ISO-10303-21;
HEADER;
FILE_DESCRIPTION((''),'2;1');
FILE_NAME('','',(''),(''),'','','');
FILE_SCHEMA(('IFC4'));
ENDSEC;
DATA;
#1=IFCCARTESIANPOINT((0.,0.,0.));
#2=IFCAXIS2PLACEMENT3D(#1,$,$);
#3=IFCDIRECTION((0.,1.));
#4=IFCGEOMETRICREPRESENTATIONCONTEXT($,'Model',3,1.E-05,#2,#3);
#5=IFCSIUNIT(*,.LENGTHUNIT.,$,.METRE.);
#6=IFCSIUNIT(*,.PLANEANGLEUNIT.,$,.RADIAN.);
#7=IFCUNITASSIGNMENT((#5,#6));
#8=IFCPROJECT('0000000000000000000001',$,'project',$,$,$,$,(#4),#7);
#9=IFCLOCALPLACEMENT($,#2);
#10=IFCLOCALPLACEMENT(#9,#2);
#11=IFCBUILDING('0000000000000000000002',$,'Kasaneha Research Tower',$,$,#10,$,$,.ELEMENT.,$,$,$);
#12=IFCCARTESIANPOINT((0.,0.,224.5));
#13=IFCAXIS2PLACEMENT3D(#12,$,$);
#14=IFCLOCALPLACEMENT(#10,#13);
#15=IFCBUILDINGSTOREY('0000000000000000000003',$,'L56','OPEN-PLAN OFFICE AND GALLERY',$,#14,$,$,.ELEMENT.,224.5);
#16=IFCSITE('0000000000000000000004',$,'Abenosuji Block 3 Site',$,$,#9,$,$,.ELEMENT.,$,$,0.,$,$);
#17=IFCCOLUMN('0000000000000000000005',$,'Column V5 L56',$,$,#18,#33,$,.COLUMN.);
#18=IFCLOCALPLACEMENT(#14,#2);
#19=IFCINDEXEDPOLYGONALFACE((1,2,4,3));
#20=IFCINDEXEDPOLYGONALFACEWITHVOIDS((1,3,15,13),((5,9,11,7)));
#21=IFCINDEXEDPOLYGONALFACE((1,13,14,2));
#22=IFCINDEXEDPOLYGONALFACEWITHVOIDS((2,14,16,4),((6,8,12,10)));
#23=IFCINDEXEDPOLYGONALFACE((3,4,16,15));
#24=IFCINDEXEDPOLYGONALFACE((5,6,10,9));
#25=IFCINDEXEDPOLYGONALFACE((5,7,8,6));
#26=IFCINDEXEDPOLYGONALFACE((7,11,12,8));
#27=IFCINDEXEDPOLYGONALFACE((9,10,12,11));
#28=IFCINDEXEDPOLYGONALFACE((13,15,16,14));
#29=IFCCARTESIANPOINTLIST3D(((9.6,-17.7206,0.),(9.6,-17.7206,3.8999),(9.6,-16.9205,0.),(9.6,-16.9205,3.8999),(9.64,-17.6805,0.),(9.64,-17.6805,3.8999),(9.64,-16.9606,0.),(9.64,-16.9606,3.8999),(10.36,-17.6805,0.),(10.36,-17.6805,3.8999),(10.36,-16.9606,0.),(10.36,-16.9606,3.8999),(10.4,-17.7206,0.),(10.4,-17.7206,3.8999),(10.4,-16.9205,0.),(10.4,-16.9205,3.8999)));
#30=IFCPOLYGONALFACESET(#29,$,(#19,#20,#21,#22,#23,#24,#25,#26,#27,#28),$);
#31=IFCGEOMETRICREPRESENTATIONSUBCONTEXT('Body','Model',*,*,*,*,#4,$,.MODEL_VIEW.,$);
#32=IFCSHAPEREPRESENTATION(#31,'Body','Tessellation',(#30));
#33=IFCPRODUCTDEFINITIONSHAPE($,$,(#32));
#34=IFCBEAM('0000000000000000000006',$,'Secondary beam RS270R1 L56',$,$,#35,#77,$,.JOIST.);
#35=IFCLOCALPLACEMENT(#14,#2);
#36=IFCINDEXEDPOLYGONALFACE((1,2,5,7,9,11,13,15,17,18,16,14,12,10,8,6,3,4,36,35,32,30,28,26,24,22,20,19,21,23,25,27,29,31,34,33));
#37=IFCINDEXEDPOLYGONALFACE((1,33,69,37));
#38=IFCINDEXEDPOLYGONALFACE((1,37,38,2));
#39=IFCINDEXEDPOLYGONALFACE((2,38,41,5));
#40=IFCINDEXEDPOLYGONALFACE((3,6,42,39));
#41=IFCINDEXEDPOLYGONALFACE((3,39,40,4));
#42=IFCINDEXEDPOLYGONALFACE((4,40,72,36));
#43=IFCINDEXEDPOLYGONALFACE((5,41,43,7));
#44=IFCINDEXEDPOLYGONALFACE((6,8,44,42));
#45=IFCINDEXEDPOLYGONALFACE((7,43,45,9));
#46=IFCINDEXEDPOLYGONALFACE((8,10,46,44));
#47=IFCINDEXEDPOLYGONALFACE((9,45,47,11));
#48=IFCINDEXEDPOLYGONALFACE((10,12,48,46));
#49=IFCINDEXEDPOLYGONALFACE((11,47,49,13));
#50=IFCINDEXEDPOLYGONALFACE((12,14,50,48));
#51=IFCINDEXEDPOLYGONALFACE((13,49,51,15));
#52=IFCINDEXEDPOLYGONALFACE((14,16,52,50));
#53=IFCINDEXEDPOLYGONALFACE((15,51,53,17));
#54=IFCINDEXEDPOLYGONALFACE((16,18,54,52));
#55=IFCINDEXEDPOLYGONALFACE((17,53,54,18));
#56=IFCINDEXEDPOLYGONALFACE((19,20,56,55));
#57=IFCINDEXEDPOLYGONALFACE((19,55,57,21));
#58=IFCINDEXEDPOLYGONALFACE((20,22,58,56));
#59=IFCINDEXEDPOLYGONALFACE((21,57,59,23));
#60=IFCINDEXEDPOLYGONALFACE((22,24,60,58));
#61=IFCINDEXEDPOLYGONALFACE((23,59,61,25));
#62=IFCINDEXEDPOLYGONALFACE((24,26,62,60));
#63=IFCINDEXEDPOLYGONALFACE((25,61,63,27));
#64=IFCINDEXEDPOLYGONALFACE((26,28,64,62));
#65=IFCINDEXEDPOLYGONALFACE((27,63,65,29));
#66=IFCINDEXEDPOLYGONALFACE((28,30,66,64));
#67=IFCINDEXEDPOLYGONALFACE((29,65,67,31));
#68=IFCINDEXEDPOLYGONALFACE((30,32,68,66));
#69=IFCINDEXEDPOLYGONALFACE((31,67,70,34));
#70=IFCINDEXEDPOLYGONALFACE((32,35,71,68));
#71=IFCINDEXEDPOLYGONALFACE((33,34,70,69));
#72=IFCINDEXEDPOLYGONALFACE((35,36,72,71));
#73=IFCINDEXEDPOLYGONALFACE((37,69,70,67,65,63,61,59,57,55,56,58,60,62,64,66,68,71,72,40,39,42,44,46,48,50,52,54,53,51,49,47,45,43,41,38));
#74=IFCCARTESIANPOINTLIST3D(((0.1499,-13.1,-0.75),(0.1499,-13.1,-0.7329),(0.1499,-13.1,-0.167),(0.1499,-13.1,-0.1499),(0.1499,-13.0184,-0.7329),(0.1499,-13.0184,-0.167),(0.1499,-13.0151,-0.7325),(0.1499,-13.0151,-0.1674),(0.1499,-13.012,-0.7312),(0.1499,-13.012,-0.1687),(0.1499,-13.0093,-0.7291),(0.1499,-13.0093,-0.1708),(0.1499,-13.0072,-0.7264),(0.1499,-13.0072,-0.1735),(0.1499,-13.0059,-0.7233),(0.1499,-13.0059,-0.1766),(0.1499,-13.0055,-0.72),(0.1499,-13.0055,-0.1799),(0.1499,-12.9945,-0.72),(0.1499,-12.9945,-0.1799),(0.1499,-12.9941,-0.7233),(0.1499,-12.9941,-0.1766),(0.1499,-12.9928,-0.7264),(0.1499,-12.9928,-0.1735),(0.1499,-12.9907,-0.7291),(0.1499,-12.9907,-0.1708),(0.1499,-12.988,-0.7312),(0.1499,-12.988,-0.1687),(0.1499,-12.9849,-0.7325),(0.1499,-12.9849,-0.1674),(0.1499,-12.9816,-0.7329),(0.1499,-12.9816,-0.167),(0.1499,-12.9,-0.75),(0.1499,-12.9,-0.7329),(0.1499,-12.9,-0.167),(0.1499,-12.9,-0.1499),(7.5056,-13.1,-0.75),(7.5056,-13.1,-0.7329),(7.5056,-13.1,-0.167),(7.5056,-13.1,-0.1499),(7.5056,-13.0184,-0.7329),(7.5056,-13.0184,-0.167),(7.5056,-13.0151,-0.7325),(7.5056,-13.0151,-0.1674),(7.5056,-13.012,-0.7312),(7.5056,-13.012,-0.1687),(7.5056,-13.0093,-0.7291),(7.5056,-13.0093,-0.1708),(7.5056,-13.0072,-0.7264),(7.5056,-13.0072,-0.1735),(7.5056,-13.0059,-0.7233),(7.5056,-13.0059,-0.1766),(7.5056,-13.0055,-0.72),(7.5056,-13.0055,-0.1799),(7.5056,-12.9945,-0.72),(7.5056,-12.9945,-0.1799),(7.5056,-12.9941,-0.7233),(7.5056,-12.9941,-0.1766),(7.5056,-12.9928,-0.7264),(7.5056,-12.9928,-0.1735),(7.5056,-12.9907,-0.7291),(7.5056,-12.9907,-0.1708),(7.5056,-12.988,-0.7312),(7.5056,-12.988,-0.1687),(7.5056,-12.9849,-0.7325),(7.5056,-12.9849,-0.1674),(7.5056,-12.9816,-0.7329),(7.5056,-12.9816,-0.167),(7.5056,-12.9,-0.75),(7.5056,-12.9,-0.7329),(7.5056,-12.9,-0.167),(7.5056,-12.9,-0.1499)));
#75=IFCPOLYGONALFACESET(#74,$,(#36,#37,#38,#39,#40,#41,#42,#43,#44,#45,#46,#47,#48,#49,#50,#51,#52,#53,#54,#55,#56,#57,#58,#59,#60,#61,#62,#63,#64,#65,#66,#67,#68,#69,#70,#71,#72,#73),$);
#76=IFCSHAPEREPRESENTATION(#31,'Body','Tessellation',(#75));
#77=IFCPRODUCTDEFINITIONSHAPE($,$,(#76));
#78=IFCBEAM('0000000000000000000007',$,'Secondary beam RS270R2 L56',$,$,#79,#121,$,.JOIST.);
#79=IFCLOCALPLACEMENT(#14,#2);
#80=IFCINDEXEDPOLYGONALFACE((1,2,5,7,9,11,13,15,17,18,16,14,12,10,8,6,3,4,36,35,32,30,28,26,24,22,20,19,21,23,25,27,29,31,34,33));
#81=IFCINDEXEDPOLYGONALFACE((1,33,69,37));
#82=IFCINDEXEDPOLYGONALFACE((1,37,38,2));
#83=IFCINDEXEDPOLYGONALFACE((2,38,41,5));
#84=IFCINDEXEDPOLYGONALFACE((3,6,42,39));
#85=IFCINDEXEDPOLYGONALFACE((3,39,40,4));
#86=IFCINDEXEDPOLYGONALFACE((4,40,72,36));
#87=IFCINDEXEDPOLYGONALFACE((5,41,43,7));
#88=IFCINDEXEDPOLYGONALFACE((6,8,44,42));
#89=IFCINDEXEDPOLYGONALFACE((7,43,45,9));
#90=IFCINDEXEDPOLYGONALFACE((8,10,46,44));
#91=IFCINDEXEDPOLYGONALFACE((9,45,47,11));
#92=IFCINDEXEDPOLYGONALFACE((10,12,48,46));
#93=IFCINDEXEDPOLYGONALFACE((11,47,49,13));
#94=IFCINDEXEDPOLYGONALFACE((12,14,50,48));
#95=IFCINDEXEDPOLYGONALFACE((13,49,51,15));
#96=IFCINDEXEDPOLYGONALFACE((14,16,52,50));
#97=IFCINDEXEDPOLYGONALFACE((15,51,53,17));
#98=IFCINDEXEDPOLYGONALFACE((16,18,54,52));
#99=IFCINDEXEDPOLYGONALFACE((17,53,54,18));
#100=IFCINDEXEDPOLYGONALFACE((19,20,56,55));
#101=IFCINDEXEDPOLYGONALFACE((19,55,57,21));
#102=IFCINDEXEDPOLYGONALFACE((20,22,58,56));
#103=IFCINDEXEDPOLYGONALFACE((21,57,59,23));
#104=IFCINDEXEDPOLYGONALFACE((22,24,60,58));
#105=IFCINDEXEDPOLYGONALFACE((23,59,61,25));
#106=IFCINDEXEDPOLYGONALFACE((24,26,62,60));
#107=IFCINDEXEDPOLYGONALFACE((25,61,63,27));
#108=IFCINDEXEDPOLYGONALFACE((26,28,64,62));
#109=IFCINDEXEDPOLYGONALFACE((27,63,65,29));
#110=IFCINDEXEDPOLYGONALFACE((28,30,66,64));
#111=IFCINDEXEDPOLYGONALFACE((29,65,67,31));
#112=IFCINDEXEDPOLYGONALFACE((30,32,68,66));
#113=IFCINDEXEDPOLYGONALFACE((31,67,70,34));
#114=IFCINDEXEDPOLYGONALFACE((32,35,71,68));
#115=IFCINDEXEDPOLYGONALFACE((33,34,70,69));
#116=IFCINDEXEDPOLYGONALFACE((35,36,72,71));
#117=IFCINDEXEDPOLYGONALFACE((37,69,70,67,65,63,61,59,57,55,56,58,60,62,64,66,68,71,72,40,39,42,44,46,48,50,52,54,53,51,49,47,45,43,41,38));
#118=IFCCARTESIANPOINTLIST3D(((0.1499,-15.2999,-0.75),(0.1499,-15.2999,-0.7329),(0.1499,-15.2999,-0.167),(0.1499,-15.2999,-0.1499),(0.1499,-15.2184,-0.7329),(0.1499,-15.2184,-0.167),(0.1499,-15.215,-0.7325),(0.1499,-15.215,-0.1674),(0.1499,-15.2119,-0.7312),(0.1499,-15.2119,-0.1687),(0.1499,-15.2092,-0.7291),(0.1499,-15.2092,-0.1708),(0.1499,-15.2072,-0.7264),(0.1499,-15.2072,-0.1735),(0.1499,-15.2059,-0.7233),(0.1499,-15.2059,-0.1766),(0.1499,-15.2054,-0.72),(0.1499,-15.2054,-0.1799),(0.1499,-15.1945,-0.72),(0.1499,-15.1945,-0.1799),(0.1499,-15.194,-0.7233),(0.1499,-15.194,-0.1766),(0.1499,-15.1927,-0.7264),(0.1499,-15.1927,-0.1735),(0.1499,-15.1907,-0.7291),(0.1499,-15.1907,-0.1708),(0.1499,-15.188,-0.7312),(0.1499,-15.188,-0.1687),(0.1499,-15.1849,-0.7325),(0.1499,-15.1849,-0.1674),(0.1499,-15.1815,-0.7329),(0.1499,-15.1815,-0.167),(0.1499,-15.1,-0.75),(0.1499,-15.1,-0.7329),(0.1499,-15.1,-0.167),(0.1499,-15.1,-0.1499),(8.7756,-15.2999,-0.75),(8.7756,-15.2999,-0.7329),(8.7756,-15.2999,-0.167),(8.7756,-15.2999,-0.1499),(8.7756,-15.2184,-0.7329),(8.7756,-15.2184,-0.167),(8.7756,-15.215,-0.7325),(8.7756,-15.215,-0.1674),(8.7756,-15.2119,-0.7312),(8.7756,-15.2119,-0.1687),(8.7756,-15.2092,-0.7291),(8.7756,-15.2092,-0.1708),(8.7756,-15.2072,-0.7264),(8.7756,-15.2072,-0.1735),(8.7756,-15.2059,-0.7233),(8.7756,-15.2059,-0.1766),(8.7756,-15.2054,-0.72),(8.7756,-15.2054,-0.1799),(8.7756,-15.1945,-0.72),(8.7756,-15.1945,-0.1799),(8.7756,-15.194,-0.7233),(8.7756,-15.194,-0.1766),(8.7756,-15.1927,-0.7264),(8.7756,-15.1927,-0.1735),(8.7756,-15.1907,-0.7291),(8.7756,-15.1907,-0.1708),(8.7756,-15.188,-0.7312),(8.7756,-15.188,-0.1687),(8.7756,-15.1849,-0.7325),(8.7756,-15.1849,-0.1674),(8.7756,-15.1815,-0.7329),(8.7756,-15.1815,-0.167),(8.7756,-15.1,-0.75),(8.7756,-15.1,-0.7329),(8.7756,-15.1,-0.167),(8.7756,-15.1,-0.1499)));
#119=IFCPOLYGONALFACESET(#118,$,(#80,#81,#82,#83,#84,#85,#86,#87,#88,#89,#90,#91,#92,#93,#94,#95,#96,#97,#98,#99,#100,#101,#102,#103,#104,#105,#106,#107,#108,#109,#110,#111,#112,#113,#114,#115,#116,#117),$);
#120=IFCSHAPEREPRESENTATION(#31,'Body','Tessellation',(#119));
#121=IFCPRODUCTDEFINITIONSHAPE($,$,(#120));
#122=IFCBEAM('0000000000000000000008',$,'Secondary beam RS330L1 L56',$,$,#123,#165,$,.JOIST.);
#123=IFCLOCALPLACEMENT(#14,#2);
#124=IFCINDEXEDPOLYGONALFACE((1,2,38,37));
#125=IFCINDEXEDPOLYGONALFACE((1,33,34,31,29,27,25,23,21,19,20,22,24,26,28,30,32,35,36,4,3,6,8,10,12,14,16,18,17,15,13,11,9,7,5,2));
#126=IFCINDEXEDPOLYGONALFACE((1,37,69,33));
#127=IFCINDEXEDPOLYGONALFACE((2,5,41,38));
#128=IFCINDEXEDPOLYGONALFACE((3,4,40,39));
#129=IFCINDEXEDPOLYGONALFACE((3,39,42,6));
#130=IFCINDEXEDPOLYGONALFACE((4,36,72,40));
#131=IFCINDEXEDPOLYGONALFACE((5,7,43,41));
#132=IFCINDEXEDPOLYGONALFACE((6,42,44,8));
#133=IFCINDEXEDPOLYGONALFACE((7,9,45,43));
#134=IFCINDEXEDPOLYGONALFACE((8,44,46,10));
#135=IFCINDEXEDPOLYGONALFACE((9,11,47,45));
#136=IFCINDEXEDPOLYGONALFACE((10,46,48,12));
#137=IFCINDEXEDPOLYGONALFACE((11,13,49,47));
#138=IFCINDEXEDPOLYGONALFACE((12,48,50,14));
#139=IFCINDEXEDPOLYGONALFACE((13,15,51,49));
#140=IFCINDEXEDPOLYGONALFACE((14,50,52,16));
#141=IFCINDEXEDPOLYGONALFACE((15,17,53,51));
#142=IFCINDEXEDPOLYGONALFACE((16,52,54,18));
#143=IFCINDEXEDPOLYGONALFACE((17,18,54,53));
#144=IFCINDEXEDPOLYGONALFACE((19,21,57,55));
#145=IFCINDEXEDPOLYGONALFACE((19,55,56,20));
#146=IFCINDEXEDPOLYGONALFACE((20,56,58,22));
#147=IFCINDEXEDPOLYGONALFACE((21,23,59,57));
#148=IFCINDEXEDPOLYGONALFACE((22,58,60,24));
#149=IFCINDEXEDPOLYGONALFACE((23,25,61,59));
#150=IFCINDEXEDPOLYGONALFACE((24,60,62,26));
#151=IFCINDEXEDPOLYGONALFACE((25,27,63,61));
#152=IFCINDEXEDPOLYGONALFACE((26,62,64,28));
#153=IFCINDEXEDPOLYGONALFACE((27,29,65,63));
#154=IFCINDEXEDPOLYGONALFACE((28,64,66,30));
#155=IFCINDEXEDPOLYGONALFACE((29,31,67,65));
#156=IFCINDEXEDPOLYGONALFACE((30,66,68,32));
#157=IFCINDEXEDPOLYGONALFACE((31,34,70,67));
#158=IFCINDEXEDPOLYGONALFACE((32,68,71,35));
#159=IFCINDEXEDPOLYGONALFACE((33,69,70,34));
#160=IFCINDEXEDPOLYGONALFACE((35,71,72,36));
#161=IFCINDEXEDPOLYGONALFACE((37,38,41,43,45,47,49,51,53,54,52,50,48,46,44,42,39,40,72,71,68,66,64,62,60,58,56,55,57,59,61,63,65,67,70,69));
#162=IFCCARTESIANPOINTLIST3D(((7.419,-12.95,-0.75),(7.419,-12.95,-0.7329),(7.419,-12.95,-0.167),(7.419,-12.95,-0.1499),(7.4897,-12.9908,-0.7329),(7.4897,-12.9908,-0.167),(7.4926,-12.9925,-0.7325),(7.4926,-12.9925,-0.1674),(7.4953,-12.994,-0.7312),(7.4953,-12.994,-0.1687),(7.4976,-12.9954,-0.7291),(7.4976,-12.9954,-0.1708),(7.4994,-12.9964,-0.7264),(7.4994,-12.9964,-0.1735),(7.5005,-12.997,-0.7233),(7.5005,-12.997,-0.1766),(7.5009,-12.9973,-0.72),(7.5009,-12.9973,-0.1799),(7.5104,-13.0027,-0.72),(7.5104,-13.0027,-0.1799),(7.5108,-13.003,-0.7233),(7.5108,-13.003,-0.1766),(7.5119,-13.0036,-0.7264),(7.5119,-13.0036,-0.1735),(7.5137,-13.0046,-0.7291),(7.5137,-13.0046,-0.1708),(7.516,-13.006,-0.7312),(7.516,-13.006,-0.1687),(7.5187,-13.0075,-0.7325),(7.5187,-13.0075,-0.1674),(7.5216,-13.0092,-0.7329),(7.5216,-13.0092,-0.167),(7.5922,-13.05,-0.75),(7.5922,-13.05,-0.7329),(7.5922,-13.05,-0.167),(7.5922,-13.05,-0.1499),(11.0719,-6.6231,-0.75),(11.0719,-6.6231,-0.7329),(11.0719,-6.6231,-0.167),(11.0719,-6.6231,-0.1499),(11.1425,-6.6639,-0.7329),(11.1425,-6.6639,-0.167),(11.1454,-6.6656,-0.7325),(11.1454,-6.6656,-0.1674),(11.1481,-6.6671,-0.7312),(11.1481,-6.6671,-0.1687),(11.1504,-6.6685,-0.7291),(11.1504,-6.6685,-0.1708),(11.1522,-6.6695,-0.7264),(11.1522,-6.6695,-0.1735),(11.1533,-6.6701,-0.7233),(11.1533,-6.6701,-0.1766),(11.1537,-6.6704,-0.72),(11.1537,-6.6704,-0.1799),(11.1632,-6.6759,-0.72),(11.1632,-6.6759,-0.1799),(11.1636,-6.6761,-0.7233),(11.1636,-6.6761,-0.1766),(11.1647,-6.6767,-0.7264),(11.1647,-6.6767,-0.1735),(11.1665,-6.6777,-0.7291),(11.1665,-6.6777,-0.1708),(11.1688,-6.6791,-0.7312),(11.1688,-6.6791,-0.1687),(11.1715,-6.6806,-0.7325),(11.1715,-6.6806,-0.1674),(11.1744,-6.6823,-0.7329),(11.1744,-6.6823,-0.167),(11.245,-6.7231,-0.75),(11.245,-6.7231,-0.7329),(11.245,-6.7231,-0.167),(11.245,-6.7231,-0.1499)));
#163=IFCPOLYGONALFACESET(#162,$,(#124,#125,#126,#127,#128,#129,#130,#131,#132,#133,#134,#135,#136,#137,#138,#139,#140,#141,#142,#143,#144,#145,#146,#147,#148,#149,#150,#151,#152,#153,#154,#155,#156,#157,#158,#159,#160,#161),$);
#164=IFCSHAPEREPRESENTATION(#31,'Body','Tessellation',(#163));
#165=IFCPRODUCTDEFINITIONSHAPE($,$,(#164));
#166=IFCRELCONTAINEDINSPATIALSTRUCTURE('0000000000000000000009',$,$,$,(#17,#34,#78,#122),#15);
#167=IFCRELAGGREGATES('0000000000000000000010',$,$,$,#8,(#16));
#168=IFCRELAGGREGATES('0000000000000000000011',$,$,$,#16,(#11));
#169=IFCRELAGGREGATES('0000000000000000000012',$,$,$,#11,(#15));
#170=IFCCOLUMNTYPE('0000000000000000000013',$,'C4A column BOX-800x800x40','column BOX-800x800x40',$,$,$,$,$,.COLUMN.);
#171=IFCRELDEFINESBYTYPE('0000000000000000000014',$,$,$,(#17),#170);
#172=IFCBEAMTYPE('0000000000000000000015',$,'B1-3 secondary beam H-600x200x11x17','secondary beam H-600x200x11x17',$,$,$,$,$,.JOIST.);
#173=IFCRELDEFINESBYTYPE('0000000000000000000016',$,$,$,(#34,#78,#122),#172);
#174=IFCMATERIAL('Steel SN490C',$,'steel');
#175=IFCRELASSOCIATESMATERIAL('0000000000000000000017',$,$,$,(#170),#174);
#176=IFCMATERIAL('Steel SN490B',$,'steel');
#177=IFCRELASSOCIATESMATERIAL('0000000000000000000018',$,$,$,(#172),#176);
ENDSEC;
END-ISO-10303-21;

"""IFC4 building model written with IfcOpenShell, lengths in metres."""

from ifc_helpers import new_model, si_unit, direction, frame, origin, origin_2d, place, context, subcontext, project, spatial, hollow_rectangle, i_section, extrude, material, material_profile, profile_set, type_object, element, save


model = new_model("IFC4")

# Units and contexts
model_context = context("Model", 3, precision=1e-05, world=origin(), true_north=direction((0.0, 1.0)))
body_context = subcontext(model_context, "Body", "Model", "MODEL_VIEW")
ifc_project = project(units=[si_unit("LENGTHUNIT", "METRE"), si_unit("PLANEANGLEUNIT", "RADIAN")], contexts=[model_context])

# Site, building, storey
site_placement = place(None, origin())
site = spatial("IfcSite", under=ifc_project, at=site_placement, Name="Abenosuji Block 3 Site", CompositionType="ELEMENT", RefElevation=0.0)
building_placement = place(site_placement, origin())
building = spatial("IfcBuilding", under=site, at=building_placement, Name="Kasaneha Research Tower", CompositionType="ELEMENT")
storey_placement = place(building_placement, frame((0.0, 0.0, 224.5)))
storey = spatial("IfcBuildingStorey", under=building, at=storey_placement, Name="L56", Description="OPEN-PLAN OFFICE AND GALLERY", CompositionType="ELEMENT", Elevation=224.5)

# Column
ifc_material_1 = material(Name="Steel SN490C", Category="steel")
ifc_material_profile_1 = material_profile(ifc_material_1, hollow_rectangle(XDim=0.8, YDim=0.8, WallThickness=0.04, at=origin_2d()), Name="BOX-800x800x40")
ifc_profile_set_1 = profile_set([ifc_material_profile_1], Name="Steel SN490C")
column_type = type_object("IfcColumnType", Name="C4A column BOX-800x800x40", Description="column BOX-800x800x40", PredefinedType="COLUMN", material=ifc_profile_set_1)
column_placement = place(storey_placement, frame((10.0, -17.3206, 0.0), z_axis=(0.0, 0.0, 1.0), x_axis=(1.0, 0.0, 0.0)))
element("IfcColumn", 1, at=column_placement, inside=storey, type_object=column_type, Name="Column V5 L56", PredefinedType="COLUMN", context=body_context, shape_type="SweptSolid", body=[
    extrude(hollow_rectangle(XDim=0.8, YDim=0.8, WallThickness=0.04, at=origin_2d()), origin(), (0.0, 0.0, 1.0), 3.8999),
])

# Beams
ifc_material_2 = material(Name="Steel SN490B", Category="steel")
ifc_material_profile_2 = material_profile(ifc_material_2, i_section(OverallWidth=0.2, OverallDepth=0.6001, WebThickness=0.011, FlangeThickness=0.0171, FilletRadius=0.0129, at=origin_2d()), Name="H-600x200x11x17")
ifc_profile_set_2 = profile_set([ifc_material_profile_2], Name="Steel SN490B")
beam_type_1 = type_object("IfcBeamType", Name="B1-3 secondary beam H-600x200x11x17", Description="secondary beam H-600x200x11x17", PredefinedType="JOIST", material=ifc_profile_set_2)
beam_1_placement = place(storey_placement, frame((7.5056, -13.0, -0.45), z_axis=(-1.0, 0.0, 0.0), x_axis=(0.0, -1.0, 0.0)))
element("IfcBeam", 2, at=beam_1_placement, inside=storey, type_object=beam_type_1, Name="Secondary beam RS270R1 L56", PredefinedType="JOIST", context=body_context, shape_type="SweptSolid", body=[
    extrude(i_section(OverallWidth=0.2, OverallDepth=0.6001, WebThickness=0.011, FlangeThickness=0.0171, FilletRadius=0.0129, at=origin_2d()), origin(), (0.0, 0.0, 1.0), 7.3557),
])
beam_2_placement = place(storey_placement, frame((8.7756, -15.2, -0.45), z_axis=(-1.0, 0.0, 0.0), x_axis=(0.0, -1.0, 0.0)))
element("IfcBeam", 3, at=beam_2_placement, inside=storey, type_object=beam_type_1, Name="Secondary beam RS270R2 L56", PredefinedType="JOIST", context=body_context, shape_type="SweptSolid", body=[
    extrude(i_section(OverallWidth=0.2, OverallDepth=0.6001, WebThickness=0.011, FlangeThickness=0.0171, FilletRadius=0.0129, at=origin_2d()), origin(), (0.0, 0.0, 1.0), 8.6257),
])
beam_3_placement = place(storey_placement, frame((7.5056, -13.0, -0.45), z_axis=(0.499999, 0.866026, 0.0), x_axis=(-0.866026, 0.499999, 0.0)))
element("IfcBeam", 4, at=beam_3_placement, inside=storey, type_object=beam_type_1, Name="Secondary beam RS330L1 L56", PredefinedType="JOIST", context=body_context, shape_type="SweptSolid", body=[
    extrude(i_section(OverallWidth=0.2, OverallDepth=0.6001, WebThickness=0.011, FlangeThickness=0.0171, FilletRadius=0.0129, at=origin_2d()), origin(), (0.0, 0.0, 1.0), 7.3057),
])

save(model, "model.ifc")
